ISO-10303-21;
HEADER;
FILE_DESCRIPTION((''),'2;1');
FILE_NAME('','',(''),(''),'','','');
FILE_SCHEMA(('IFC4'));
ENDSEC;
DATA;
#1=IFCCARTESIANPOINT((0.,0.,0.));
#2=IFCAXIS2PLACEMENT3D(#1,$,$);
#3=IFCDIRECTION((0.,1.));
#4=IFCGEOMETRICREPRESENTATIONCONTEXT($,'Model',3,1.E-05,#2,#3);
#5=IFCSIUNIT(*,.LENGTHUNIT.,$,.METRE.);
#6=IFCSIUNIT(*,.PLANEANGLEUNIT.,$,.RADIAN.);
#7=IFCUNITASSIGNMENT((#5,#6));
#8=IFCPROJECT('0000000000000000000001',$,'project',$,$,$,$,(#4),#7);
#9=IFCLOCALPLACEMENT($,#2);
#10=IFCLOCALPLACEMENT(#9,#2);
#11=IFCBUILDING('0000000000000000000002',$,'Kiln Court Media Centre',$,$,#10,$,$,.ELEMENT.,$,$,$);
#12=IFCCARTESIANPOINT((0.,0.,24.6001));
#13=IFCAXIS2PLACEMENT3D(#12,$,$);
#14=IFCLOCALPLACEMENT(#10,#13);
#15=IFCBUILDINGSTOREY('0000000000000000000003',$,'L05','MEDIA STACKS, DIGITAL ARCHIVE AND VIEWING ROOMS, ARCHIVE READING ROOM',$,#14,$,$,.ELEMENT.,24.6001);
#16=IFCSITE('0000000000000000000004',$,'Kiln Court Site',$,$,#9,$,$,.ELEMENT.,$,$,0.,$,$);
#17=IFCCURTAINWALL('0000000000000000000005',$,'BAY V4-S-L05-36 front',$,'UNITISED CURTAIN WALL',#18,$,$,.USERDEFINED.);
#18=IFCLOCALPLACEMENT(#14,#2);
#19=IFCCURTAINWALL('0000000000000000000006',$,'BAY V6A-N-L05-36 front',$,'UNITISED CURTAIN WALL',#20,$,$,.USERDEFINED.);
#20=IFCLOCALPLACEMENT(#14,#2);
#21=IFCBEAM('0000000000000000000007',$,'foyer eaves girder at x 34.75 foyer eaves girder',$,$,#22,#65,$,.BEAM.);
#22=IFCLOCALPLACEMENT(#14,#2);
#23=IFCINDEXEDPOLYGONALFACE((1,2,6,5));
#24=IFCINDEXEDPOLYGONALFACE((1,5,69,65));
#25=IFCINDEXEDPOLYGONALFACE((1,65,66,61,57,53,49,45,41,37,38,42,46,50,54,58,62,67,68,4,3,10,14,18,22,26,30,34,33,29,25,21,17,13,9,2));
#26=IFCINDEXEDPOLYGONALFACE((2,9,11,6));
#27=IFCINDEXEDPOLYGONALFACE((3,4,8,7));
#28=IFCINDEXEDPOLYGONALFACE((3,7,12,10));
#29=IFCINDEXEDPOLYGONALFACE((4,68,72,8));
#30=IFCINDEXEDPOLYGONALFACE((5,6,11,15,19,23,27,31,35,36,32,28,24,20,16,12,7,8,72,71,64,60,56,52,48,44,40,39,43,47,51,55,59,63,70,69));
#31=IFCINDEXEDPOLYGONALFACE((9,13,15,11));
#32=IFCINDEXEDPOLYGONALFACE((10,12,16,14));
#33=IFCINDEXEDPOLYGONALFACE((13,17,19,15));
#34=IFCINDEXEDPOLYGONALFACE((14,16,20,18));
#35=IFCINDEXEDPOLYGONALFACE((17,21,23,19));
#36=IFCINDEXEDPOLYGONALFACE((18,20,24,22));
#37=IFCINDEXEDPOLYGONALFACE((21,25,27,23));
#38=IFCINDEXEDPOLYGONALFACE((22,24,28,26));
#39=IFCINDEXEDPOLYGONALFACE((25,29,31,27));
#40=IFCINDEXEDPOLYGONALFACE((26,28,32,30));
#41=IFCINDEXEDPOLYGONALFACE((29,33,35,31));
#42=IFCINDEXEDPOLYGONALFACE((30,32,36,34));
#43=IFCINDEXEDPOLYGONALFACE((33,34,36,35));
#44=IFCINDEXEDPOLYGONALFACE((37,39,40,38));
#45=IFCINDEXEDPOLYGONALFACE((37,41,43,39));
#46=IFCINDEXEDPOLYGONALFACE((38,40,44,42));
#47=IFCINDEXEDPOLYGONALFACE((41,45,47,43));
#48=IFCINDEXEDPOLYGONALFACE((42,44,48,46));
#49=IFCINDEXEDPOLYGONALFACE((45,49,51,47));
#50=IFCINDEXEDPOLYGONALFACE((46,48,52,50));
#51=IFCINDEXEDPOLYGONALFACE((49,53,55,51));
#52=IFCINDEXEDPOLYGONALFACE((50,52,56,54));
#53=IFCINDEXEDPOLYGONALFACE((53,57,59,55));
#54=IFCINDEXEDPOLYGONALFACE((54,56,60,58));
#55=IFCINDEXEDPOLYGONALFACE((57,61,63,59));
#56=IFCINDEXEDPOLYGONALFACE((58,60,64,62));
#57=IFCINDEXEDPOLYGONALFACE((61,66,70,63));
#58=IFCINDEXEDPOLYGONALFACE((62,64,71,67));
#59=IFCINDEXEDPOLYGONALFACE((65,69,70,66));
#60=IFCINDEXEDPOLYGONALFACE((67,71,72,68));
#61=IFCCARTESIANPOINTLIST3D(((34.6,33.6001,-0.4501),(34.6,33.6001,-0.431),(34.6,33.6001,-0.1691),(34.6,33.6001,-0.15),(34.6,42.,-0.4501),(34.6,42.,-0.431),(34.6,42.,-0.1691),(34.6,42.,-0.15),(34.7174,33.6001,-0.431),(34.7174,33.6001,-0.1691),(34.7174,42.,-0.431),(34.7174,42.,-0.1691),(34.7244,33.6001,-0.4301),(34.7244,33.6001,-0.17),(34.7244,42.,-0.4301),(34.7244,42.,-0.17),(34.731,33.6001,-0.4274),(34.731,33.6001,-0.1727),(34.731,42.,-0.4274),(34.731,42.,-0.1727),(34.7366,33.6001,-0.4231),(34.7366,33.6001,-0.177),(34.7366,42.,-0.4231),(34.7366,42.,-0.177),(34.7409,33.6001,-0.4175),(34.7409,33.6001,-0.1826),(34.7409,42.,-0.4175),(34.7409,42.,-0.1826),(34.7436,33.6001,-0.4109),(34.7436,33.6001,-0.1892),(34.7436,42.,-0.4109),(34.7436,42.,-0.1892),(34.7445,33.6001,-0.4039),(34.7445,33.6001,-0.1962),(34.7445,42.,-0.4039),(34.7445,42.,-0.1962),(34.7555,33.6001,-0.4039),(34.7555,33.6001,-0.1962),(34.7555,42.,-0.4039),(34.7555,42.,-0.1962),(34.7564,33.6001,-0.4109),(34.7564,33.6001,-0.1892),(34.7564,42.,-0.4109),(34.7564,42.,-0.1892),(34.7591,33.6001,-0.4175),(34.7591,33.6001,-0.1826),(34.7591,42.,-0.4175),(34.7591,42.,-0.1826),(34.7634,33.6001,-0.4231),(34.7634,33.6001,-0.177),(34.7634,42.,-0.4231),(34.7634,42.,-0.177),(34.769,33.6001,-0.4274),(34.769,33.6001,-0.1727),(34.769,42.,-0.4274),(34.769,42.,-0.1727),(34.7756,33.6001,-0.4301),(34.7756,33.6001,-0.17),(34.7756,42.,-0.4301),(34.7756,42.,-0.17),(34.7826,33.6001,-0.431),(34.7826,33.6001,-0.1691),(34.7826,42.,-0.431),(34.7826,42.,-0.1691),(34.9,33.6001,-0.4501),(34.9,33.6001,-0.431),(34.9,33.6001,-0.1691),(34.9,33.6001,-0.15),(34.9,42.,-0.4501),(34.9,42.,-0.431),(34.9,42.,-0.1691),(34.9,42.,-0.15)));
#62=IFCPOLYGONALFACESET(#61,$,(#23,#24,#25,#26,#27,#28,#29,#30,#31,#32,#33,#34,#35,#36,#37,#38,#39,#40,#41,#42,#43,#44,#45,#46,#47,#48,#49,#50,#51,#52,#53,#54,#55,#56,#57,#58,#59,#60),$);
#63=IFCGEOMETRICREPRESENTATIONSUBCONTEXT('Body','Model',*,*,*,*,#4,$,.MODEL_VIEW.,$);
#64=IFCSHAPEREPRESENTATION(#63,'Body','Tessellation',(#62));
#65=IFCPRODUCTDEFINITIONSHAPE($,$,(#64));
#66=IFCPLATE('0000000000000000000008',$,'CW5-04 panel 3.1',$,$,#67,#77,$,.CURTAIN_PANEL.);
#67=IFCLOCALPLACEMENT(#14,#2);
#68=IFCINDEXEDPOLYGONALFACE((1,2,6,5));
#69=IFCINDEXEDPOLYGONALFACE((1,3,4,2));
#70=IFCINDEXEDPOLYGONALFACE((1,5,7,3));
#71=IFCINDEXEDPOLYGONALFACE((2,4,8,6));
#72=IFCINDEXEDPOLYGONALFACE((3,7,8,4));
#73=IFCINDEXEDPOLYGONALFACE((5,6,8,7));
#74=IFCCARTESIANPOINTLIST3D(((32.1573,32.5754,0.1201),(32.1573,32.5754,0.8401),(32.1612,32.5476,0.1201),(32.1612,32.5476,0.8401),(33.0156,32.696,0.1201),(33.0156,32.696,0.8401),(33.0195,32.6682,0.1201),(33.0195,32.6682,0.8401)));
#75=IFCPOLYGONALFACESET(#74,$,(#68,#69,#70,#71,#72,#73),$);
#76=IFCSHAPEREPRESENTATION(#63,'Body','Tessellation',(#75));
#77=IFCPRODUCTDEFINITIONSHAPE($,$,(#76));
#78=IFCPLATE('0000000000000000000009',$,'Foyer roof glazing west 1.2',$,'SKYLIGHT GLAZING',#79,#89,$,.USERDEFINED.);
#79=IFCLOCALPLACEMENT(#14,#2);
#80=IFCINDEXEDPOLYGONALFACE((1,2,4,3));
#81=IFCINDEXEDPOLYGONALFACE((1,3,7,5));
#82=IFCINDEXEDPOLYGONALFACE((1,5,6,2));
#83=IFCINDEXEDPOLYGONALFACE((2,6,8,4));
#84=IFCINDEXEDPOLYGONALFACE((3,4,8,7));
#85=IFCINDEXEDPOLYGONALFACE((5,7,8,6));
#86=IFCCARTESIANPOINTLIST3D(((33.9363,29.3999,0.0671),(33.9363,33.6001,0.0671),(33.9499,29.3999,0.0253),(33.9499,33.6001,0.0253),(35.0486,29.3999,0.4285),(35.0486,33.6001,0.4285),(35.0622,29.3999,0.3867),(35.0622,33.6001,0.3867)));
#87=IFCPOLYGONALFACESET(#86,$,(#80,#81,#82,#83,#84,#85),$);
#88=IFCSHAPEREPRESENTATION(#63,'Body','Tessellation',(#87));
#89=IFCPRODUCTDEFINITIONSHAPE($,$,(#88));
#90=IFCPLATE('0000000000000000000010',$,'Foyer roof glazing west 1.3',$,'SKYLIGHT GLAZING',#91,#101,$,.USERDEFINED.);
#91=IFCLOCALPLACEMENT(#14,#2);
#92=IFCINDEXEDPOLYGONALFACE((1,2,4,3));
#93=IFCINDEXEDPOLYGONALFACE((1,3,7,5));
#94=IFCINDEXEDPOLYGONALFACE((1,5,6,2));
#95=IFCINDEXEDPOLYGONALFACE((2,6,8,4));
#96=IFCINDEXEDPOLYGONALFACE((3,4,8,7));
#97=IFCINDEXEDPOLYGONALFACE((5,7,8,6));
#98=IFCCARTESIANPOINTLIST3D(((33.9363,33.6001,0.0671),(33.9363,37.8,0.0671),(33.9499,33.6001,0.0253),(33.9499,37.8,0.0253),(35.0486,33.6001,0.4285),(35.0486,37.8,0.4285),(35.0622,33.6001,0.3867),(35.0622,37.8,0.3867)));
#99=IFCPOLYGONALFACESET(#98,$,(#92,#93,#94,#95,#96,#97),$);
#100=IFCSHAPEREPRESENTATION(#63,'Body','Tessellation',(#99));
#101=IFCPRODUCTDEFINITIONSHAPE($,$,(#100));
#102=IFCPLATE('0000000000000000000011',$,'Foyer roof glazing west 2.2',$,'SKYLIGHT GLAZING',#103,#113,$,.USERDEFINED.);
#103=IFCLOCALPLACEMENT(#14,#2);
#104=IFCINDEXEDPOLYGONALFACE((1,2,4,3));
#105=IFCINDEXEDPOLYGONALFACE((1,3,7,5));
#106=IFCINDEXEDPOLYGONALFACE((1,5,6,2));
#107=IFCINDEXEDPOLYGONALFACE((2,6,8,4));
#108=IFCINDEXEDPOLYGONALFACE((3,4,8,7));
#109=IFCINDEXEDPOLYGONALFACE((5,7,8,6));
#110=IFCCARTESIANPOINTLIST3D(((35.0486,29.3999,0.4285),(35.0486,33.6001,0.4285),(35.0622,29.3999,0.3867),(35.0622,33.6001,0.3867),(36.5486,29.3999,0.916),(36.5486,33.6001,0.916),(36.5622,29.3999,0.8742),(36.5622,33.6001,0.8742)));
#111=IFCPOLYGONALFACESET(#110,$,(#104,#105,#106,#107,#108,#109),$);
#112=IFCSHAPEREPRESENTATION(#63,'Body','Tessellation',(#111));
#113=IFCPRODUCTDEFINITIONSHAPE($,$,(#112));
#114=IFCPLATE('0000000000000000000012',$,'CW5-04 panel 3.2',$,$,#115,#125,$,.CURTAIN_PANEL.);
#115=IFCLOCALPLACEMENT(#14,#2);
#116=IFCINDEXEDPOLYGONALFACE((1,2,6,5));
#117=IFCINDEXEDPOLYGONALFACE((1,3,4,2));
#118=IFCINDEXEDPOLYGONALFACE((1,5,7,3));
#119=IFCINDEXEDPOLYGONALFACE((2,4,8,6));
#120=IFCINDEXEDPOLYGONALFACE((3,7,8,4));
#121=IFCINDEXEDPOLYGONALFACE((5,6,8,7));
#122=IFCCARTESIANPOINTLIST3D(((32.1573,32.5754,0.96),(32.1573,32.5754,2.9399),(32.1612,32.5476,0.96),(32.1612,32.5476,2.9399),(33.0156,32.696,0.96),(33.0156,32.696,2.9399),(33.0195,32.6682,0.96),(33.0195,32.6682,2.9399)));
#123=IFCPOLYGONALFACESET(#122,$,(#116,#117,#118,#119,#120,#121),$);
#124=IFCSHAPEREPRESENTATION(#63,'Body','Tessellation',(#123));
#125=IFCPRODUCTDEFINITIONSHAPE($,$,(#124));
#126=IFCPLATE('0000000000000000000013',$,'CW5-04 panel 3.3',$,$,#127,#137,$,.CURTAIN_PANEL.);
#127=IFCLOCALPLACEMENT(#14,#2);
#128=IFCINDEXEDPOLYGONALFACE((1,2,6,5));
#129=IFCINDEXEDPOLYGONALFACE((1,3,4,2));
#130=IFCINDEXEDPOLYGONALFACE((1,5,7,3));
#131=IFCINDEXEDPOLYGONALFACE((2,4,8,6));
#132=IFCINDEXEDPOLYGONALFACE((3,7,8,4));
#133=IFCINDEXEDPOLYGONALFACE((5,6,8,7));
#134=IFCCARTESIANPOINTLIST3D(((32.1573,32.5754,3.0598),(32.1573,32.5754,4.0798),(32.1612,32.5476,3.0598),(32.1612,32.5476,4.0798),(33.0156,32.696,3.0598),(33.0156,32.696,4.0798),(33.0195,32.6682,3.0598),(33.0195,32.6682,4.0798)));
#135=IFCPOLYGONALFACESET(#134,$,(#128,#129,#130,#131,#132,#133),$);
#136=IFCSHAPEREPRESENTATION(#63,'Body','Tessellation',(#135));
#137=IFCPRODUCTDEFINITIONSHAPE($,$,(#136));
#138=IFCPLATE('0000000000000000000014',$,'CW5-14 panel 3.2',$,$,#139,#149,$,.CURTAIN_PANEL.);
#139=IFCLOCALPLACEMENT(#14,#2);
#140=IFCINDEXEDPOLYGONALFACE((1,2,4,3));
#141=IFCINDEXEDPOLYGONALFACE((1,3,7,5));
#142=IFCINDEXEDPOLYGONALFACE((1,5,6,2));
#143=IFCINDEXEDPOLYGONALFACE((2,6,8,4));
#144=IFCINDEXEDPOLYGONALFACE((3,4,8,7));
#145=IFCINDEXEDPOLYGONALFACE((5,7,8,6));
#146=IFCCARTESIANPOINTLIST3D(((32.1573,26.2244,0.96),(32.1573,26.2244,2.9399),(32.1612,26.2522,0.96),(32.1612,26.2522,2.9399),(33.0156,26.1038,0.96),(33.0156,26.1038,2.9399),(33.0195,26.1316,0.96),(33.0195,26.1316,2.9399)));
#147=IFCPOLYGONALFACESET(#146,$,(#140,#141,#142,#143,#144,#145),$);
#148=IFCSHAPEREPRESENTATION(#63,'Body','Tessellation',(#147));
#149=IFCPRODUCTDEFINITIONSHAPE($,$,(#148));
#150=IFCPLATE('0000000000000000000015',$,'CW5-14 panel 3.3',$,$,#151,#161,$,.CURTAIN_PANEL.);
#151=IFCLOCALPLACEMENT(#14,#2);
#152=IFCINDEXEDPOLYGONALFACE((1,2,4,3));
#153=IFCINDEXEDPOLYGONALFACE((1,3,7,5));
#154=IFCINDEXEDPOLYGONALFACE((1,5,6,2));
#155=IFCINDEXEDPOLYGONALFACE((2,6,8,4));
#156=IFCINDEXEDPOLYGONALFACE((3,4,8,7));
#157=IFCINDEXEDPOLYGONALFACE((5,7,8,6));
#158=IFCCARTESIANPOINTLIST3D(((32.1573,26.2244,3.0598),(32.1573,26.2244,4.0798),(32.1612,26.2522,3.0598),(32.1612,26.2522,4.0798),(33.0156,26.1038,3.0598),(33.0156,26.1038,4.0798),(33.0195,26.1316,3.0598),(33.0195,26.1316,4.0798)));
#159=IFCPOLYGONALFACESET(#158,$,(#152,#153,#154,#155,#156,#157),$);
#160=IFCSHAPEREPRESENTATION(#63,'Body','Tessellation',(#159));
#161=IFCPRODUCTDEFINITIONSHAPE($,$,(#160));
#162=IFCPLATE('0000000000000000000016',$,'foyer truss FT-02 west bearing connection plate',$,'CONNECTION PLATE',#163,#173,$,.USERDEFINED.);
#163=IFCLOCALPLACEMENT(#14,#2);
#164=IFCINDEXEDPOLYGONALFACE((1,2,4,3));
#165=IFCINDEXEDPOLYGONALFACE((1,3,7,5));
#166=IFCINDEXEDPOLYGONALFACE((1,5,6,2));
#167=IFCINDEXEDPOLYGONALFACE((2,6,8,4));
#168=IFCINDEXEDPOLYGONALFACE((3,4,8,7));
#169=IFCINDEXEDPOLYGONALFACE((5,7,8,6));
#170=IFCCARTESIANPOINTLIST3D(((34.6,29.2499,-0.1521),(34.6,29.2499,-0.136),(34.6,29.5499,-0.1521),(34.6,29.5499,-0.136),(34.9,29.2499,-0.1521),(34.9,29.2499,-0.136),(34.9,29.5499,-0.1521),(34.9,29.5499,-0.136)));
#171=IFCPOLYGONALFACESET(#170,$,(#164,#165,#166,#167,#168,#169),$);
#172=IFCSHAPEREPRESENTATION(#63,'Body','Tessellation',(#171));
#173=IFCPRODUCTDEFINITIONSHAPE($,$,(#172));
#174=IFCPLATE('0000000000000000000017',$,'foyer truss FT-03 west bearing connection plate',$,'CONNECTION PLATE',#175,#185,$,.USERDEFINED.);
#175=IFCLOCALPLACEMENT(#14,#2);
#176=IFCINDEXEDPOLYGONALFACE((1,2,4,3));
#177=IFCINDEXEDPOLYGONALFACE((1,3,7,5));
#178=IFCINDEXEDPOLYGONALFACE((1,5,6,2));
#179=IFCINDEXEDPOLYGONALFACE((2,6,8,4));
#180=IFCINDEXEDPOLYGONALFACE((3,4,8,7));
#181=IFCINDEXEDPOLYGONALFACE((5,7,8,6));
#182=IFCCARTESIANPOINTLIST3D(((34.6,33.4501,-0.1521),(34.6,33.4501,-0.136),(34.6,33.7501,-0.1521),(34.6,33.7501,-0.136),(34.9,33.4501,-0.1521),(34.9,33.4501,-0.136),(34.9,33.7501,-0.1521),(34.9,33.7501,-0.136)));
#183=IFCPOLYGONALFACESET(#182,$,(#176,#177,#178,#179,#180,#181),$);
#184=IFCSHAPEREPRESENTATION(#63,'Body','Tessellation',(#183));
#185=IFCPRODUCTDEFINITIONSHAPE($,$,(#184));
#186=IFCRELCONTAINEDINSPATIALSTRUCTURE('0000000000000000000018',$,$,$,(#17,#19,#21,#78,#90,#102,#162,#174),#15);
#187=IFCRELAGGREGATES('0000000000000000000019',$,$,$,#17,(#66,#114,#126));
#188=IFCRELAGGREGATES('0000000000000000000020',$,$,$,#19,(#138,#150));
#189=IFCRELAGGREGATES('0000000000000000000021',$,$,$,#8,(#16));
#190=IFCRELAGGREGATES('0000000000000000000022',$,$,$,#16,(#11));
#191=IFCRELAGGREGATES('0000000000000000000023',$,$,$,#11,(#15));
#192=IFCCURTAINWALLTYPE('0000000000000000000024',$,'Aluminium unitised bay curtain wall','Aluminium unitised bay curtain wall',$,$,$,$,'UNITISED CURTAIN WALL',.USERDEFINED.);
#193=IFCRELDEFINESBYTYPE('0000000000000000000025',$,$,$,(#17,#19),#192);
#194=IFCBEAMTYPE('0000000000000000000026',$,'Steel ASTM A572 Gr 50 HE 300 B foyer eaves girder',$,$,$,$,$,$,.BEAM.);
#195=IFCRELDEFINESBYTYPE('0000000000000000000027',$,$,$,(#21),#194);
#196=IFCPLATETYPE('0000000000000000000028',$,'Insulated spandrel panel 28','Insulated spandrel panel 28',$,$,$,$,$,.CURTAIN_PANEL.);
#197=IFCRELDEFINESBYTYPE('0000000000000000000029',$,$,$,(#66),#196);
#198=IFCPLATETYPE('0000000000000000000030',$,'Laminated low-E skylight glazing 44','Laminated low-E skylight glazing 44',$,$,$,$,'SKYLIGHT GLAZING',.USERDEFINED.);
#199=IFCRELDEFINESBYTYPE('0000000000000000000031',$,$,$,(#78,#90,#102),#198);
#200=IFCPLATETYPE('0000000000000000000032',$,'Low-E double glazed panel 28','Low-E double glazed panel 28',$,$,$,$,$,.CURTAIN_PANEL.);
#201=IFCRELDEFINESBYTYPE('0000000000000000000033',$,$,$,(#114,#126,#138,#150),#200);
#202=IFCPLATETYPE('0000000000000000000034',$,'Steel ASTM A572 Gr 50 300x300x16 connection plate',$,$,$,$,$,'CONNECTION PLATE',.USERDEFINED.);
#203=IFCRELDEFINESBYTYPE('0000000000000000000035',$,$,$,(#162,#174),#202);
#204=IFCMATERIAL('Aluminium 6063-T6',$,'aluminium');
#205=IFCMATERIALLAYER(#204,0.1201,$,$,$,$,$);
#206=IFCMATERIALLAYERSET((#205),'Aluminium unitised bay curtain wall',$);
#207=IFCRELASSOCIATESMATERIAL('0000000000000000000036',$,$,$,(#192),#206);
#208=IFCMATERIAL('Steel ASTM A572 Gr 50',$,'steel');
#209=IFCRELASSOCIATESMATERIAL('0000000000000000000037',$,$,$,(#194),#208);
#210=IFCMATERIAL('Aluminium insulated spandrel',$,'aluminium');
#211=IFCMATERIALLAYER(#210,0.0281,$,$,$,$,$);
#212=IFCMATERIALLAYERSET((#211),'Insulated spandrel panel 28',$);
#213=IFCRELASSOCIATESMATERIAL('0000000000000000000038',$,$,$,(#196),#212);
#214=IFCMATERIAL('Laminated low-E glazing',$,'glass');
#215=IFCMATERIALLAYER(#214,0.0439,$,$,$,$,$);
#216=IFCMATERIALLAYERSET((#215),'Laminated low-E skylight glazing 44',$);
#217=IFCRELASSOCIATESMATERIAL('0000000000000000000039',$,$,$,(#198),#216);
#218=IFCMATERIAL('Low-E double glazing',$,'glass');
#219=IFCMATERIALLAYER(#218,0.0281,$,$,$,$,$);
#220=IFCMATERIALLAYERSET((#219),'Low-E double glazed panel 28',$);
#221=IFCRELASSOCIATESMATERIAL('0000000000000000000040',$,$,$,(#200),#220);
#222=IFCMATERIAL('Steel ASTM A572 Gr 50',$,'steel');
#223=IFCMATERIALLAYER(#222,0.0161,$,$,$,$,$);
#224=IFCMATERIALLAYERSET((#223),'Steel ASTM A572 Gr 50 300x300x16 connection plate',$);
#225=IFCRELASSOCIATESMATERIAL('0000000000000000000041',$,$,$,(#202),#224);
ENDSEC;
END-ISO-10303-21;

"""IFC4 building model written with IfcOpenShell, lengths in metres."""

from ifc_helpers import new_model, si_unit, direction, frame, origin, origin_2d, place, context, subcontext, project, spatial, polyline, rectangle, i_section, outline, extrude, material, layer, layer_set, material_profile, profile_set, type_object, element, aggregate, save


model = new_model("IFC4")

# Units and contexts
model_context = context("Model", 3, precision=1e-05, world=origin(), true_north=direction((0.0, 1.0)))
body_context = subcontext(model_context, "Body", "Model", "MODEL_VIEW")
ifc_project = project(units=[si_unit("LENGTHUNIT", "METRE"), si_unit("PLANEANGLEUNIT", "RADIAN")], contexts=[model_context])

# Site, building, storey
site_placement = place(None, origin())
site = spatial("IfcSite", under=ifc_project, at=site_placement, Name="Kiln Court Site", CompositionType="ELEMENT", RefElevation=0.0)
building_placement = place(site_placement, origin())
building = spatial("IfcBuilding", under=site, at=building_placement, Name="Kiln Court Media Centre", CompositionType="ELEMENT")
storey_placement = place(building_placement, frame((0.0, 0.0, 24.6001)))
storey = spatial("IfcBuildingStorey", under=building, at=storey_placement, Name="L05", Description="MEDIA STACKS, DIGITAL ARCHIVE AND VIEWING ROOMS, ARCHIVE READING ROOM", CompositionType="ELEMENT", Elevation=24.6001)

# Curtain walls
ifc_material_1 = material(Name="Aluminium 6063-T6", Category="aluminium")
ifc_layer_1 = layer(ifc_material_1, 0.1201)
ifc_layer_set_1 = layer_set([ifc_layer_1], Name="Aluminium unitised bay curtain wall")
curtain_wall_type = type_object("IfcCurtainWallType", Name="Aluminium unitised bay curtain wall", Description="Aluminium unitised bay curtain wall", ElementType="UNITISED CURTAIN WALL", PredefinedType="USERDEFINED", material=ifc_layer_set_1)
curtain_wall_1_placement = place(storey_placement, origin())
curtain_wall_1 = element("IfcCurtainWall", 1, at=curtain_wall_1_placement, inside=storey, type_object=curtain_wall_type, Name="BAY V4-S-L05-36 front", ObjectType="UNITISED CURTAIN WALL", PredefinedType="USERDEFINED")
curtain_wall_2_placement = place(storey_placement, origin())
curtain_wall_2 = element("IfcCurtainWall", 2, at=curtain_wall_2_placement, inside=storey, type_object=curtain_wall_type, Name="BAY V6A-N-L05-36 front", ObjectType="UNITISED CURTAIN WALL", PredefinedType="USERDEFINED")

# Beam
ifc_material_2 = material(Name="Steel ASTM A572 Gr 50", Category="steel")
ifc_material_profile_1 = material_profile(ifc_material_2, i_section(OverallWidth=0.3, OverallDepth=0.3, WebThickness=0.011, FlangeThickness=0.019, FilletRadius=0.0271, at=origin_2d()), Name="HE 300 B")
ifc_profile_set_1 = profile_set([ifc_material_profile_1], Name="Steel ASTM A572 Gr 50")
beam_type_1 = type_object("IfcBeamType", Name="Steel ASTM A572 Gr 50 HE 300 B foyer eaves girder", PredefinedType="BEAM", material=ifc_profile_set_1)
beam_1_placement = place(storey_placement, frame((34.75, 33.6001, -0.3), z_axis=(0.0, 1.0, 0.0), x_axis=(-1.0, 0.0, 0.0)))
element("IfcBeam", 3, at=beam_1_placement, inside=storey, type_object=beam_type_1, Name="foyer eaves girder at x 34.75 foyer eaves girder", PredefinedType="BEAM", context=body_context, shape_type="SweptSolid", body=[
    extrude(i_section(OverallWidth=0.3, OverallDepth=0.3, WebThickness=0.011, FlangeThickness=0.019, FilletRadius=0.0271, at=origin_2d()), origin(), (0.0, 0.0, 1.0), 8.3999),
])

# Plate
ifc_material_3 = material(Name="Aluminium insulated spandrel", Category="aluminium")
ifc_layer_2 = layer(ifc_material_3, 0.0281)
ifc_layer_set_2 = layer_set([ifc_layer_2], Name="Insulated spandrel panel 28")
plate_type_1 = type_object("IfcPlateType", Name="Insulated spandrel panel 28", Description="Insulated spandrel panel 28", PredefinedType="CURTAIN_PANEL", material=ifc_layer_set_2)
plate_1_placement = place(storey_placement, frame((32.5884, 32.6218, 0.1201), z_axis=(0.0, 0.0, 1.0), x_axis=(0.99027, 0.139162, 0.0)))
plate_1 = element("IfcPlate", 4, at=plate_1_placement, type_object=plate_type_1, Name="CW5-04 panel 3.1", PredefinedType="CURTAIN_PANEL", context=body_context, shape_type="SweptSolid", body=[
    extrude(rectangle(XDim=0.8667, YDim=0.0281, at=origin_2d()), origin(), (0.0, 0.0, 1.0), 0.72),
])

# Plates
ifc_material_4 = material(Name="Laminated low-E glazing", Category="glass")
ifc_layer_3 = layer(ifc_material_4, 0.0439)
ifc_layer_set_3 = layer_set([ifc_layer_3], Name="Laminated low-E skylight glazing 44")
plate_type_2 = type_object("IfcPlateType", Name="Laminated low-E skylight glazing 44", Description="Laminated low-E skylight glazing 44", ElementType="SKYLIGHT GLAZING", PredefinedType="USERDEFINED", material=ifc_layer_set_3)
plate_2_placement = place(storey_placement, frame((33.9363, 29.3999, 0.0671), z_axis=(-0.308954, 0.0, 0.951077), x_axis=(0.951077, 0.0, 0.308954)))
element("IfcPlate", 5, at=plate_2_placement, inside=storey, type_object=plate_type_2, Name="Foyer roof glazing west 1.2", ObjectType="SKYLIGHT GLAZING", PredefinedType="USERDEFINED", context=body_context, shape_type="SweptSolid", body=[
    extrude(outline(polyline([(0.0, 0.0), (1.1695, 0.0), (1.1695, 4.2002), (0.0, 4.2002), (0.0, 0.0)])), origin(), (0.0, 0.0, -1.0), 0.0439),
])
plate_3_placement = place(storey_placement, frame((33.9363, 33.6001, 0.0671), z_axis=(-0.308954, 0.0, 0.951077), x_axis=(0.951077, 0.0, 0.308954)))
element("IfcPlate", 6, at=plate_3_placement, inside=storey, type_object=plate_type_2, Name="Foyer roof glazing west 1.3", ObjectType="SKYLIGHT GLAZING", PredefinedType="USERDEFINED", context=body_context, shape_type="SweptSolid", body=[
    extrude(outline(polyline([(0.0, 0.0), (1.1695, 0.0), (1.1695, 4.2), (0.0, 4.2), (0.0, 0.0)])), origin(), (0.0, 0.0, -1.0), 0.0439),
])
plate_4_placement = place(storey_placement, frame((35.0486, 29.3999, 0.4285), z_axis=(-0.309114, 0.0, 0.951025), x_axis=(0.951025, 0.0, 0.309114)))
element("IfcPlate", 7, at=plate_4_placement, inside=storey, type_object=plate_type_2, Name="Foyer roof glazing west 2.2", ObjectType="SKYLIGHT GLAZING", PredefinedType="USERDEFINED", context=body_context, shape_type="SweptSolid", body=[
    extrude(outline(polyline([(0.0, 0.0), (1.5772, 0.0), (1.5772, 4.2002), (0.0, 4.2002), (0.0, 0.0)])), origin(), (0.0, 0.0, -1.0), 0.0439),
])

# Plates
ifc_material_5 = material(Name="Low-E double glazing", Category="glass")
ifc_layer_4 = layer(ifc_material_5, 0.0281)
ifc_layer_set_4 = layer_set([ifc_layer_4], Name="Low-E double glazed panel 28")
plate_type_3 = type_object("IfcPlateType", Name="Low-E double glazed panel 28", Description="Low-E double glazed panel 28", PredefinedType="CURTAIN_PANEL", material=ifc_layer_set_4)
plate_5_placement = place(storey_placement, frame((32.5884, 32.6218, 0.96), z_axis=(0.0, 0.0, 1.0), x_axis=(0.99027, 0.139162, 0.0)))
plate_5 = element("IfcPlate", 8, at=plate_5_placement, type_object=plate_type_3, Name="CW5-04 panel 3.2", PredefinedType="CURTAIN_PANEL", context=body_context, shape_type="SweptSolid", body=[
    extrude(rectangle(XDim=0.8667, YDim=0.0281, at=origin_2d()), origin(), (0.0, 0.0, 1.0), 1.98),
])
plate_6_placement = place(storey_placement, frame((32.5884, 32.6218, 3.0598), z_axis=(0.0, 0.0, 1.0), x_axis=(0.99027, 0.139162, 0.0)))
plate_6 = element("IfcPlate", 9, at=plate_6_placement, type_object=plate_type_3, Name="CW5-04 panel 3.3", PredefinedType="CURTAIN_PANEL", context=body_context, shape_type="SweptSolid", body=[
    extrude(rectangle(XDim=0.8667, YDim=0.0281, at=origin_2d()), origin(), (0.0, 0.0, 1.0), 1.02),
])
aggregate(curtain_wall_1, [plate_1, plate_5, plate_6])
plate_7_placement = place(storey_placement, frame((32.5884, 26.178, 0.96), z_axis=(0.0, 0.0, 1.0), x_axis=(0.99027, -0.139162, 0.0)))
plate_7 = element("IfcPlate", 10, at=plate_7_placement, type_object=plate_type_3, Name="CW5-14 panel 3.2", PredefinedType="CURTAIN_PANEL", context=body_context, shape_type="SweptSolid", body=[
    extrude(rectangle(XDim=0.8667, YDim=0.0281, at=origin_2d()), origin(), (0.0, 0.0, 1.0), 1.98),
])
plate_8_placement = place(storey_placement, frame((32.5884, 26.178, 3.0598), z_axis=(0.0, 0.0, 1.0), x_axis=(0.99027, -0.139162, 0.0)))
plate_8 = element("IfcPlate", 11, at=plate_8_placement, type_object=plate_type_3, Name="CW5-14 panel 3.3", PredefinedType="CURTAIN_PANEL", context=body_context, shape_type="SweptSolid", body=[
    extrude(rectangle(XDim=0.8667, YDim=0.0281, at=origin_2d()), origin(), (0.0, 0.0, 1.0), 1.02),
])
aggregate(curtain_wall_2, [plate_7, plate_8])

# Plates
ifc_material_6 = material(Name="Steel ASTM A572 Gr 50", Category="steel")
ifc_layer_5 = layer(ifc_material_6, 0.0161)
ifc_layer_set_5 = layer_set([ifc_layer_5], Name="Steel ASTM A572 Gr 50 300x300x16 connection plate")
plate_type_4 = type_object("IfcPlateType", Name="Steel ASTM A572 Gr 50 300x300x16 connection plate", ElementType="CONNECTION PLATE", PredefinedType="USERDEFINED", material=ifc_layer_set_5)
for number, where, z_axis, x_axis, name in (
    (12, (34.75, 29.3999, -0.1521), (0.0, 0.0, 1.0), (1.0, 0.0, 0.0), "foyer truss FT-02 west bearing connection plate"),
    (13, (34.75, 33.6001, -0.1521), (0.0, 0.0, 1.0), (1.0, 0.0, 0.0), "foyer truss FT-03 west bearing connection plate"),
):
    element("IfcPlate", number, at=place(storey_placement, frame(where, z_axis=z_axis, x_axis=x_axis)), inside=storey, type_object=plate_type_4, Name=name, ObjectType="CONNECTION PLATE", PredefinedType="USERDEFINED", context=body_context, shape_type="SweptSolid", body=[
        extrude(rectangle(XDim=0.3, YDim=0.3, at=origin_2d()), origin(), (0.0, 0.0, 1.0), 0.0161),
    ])

save(model, "model.ifc")
